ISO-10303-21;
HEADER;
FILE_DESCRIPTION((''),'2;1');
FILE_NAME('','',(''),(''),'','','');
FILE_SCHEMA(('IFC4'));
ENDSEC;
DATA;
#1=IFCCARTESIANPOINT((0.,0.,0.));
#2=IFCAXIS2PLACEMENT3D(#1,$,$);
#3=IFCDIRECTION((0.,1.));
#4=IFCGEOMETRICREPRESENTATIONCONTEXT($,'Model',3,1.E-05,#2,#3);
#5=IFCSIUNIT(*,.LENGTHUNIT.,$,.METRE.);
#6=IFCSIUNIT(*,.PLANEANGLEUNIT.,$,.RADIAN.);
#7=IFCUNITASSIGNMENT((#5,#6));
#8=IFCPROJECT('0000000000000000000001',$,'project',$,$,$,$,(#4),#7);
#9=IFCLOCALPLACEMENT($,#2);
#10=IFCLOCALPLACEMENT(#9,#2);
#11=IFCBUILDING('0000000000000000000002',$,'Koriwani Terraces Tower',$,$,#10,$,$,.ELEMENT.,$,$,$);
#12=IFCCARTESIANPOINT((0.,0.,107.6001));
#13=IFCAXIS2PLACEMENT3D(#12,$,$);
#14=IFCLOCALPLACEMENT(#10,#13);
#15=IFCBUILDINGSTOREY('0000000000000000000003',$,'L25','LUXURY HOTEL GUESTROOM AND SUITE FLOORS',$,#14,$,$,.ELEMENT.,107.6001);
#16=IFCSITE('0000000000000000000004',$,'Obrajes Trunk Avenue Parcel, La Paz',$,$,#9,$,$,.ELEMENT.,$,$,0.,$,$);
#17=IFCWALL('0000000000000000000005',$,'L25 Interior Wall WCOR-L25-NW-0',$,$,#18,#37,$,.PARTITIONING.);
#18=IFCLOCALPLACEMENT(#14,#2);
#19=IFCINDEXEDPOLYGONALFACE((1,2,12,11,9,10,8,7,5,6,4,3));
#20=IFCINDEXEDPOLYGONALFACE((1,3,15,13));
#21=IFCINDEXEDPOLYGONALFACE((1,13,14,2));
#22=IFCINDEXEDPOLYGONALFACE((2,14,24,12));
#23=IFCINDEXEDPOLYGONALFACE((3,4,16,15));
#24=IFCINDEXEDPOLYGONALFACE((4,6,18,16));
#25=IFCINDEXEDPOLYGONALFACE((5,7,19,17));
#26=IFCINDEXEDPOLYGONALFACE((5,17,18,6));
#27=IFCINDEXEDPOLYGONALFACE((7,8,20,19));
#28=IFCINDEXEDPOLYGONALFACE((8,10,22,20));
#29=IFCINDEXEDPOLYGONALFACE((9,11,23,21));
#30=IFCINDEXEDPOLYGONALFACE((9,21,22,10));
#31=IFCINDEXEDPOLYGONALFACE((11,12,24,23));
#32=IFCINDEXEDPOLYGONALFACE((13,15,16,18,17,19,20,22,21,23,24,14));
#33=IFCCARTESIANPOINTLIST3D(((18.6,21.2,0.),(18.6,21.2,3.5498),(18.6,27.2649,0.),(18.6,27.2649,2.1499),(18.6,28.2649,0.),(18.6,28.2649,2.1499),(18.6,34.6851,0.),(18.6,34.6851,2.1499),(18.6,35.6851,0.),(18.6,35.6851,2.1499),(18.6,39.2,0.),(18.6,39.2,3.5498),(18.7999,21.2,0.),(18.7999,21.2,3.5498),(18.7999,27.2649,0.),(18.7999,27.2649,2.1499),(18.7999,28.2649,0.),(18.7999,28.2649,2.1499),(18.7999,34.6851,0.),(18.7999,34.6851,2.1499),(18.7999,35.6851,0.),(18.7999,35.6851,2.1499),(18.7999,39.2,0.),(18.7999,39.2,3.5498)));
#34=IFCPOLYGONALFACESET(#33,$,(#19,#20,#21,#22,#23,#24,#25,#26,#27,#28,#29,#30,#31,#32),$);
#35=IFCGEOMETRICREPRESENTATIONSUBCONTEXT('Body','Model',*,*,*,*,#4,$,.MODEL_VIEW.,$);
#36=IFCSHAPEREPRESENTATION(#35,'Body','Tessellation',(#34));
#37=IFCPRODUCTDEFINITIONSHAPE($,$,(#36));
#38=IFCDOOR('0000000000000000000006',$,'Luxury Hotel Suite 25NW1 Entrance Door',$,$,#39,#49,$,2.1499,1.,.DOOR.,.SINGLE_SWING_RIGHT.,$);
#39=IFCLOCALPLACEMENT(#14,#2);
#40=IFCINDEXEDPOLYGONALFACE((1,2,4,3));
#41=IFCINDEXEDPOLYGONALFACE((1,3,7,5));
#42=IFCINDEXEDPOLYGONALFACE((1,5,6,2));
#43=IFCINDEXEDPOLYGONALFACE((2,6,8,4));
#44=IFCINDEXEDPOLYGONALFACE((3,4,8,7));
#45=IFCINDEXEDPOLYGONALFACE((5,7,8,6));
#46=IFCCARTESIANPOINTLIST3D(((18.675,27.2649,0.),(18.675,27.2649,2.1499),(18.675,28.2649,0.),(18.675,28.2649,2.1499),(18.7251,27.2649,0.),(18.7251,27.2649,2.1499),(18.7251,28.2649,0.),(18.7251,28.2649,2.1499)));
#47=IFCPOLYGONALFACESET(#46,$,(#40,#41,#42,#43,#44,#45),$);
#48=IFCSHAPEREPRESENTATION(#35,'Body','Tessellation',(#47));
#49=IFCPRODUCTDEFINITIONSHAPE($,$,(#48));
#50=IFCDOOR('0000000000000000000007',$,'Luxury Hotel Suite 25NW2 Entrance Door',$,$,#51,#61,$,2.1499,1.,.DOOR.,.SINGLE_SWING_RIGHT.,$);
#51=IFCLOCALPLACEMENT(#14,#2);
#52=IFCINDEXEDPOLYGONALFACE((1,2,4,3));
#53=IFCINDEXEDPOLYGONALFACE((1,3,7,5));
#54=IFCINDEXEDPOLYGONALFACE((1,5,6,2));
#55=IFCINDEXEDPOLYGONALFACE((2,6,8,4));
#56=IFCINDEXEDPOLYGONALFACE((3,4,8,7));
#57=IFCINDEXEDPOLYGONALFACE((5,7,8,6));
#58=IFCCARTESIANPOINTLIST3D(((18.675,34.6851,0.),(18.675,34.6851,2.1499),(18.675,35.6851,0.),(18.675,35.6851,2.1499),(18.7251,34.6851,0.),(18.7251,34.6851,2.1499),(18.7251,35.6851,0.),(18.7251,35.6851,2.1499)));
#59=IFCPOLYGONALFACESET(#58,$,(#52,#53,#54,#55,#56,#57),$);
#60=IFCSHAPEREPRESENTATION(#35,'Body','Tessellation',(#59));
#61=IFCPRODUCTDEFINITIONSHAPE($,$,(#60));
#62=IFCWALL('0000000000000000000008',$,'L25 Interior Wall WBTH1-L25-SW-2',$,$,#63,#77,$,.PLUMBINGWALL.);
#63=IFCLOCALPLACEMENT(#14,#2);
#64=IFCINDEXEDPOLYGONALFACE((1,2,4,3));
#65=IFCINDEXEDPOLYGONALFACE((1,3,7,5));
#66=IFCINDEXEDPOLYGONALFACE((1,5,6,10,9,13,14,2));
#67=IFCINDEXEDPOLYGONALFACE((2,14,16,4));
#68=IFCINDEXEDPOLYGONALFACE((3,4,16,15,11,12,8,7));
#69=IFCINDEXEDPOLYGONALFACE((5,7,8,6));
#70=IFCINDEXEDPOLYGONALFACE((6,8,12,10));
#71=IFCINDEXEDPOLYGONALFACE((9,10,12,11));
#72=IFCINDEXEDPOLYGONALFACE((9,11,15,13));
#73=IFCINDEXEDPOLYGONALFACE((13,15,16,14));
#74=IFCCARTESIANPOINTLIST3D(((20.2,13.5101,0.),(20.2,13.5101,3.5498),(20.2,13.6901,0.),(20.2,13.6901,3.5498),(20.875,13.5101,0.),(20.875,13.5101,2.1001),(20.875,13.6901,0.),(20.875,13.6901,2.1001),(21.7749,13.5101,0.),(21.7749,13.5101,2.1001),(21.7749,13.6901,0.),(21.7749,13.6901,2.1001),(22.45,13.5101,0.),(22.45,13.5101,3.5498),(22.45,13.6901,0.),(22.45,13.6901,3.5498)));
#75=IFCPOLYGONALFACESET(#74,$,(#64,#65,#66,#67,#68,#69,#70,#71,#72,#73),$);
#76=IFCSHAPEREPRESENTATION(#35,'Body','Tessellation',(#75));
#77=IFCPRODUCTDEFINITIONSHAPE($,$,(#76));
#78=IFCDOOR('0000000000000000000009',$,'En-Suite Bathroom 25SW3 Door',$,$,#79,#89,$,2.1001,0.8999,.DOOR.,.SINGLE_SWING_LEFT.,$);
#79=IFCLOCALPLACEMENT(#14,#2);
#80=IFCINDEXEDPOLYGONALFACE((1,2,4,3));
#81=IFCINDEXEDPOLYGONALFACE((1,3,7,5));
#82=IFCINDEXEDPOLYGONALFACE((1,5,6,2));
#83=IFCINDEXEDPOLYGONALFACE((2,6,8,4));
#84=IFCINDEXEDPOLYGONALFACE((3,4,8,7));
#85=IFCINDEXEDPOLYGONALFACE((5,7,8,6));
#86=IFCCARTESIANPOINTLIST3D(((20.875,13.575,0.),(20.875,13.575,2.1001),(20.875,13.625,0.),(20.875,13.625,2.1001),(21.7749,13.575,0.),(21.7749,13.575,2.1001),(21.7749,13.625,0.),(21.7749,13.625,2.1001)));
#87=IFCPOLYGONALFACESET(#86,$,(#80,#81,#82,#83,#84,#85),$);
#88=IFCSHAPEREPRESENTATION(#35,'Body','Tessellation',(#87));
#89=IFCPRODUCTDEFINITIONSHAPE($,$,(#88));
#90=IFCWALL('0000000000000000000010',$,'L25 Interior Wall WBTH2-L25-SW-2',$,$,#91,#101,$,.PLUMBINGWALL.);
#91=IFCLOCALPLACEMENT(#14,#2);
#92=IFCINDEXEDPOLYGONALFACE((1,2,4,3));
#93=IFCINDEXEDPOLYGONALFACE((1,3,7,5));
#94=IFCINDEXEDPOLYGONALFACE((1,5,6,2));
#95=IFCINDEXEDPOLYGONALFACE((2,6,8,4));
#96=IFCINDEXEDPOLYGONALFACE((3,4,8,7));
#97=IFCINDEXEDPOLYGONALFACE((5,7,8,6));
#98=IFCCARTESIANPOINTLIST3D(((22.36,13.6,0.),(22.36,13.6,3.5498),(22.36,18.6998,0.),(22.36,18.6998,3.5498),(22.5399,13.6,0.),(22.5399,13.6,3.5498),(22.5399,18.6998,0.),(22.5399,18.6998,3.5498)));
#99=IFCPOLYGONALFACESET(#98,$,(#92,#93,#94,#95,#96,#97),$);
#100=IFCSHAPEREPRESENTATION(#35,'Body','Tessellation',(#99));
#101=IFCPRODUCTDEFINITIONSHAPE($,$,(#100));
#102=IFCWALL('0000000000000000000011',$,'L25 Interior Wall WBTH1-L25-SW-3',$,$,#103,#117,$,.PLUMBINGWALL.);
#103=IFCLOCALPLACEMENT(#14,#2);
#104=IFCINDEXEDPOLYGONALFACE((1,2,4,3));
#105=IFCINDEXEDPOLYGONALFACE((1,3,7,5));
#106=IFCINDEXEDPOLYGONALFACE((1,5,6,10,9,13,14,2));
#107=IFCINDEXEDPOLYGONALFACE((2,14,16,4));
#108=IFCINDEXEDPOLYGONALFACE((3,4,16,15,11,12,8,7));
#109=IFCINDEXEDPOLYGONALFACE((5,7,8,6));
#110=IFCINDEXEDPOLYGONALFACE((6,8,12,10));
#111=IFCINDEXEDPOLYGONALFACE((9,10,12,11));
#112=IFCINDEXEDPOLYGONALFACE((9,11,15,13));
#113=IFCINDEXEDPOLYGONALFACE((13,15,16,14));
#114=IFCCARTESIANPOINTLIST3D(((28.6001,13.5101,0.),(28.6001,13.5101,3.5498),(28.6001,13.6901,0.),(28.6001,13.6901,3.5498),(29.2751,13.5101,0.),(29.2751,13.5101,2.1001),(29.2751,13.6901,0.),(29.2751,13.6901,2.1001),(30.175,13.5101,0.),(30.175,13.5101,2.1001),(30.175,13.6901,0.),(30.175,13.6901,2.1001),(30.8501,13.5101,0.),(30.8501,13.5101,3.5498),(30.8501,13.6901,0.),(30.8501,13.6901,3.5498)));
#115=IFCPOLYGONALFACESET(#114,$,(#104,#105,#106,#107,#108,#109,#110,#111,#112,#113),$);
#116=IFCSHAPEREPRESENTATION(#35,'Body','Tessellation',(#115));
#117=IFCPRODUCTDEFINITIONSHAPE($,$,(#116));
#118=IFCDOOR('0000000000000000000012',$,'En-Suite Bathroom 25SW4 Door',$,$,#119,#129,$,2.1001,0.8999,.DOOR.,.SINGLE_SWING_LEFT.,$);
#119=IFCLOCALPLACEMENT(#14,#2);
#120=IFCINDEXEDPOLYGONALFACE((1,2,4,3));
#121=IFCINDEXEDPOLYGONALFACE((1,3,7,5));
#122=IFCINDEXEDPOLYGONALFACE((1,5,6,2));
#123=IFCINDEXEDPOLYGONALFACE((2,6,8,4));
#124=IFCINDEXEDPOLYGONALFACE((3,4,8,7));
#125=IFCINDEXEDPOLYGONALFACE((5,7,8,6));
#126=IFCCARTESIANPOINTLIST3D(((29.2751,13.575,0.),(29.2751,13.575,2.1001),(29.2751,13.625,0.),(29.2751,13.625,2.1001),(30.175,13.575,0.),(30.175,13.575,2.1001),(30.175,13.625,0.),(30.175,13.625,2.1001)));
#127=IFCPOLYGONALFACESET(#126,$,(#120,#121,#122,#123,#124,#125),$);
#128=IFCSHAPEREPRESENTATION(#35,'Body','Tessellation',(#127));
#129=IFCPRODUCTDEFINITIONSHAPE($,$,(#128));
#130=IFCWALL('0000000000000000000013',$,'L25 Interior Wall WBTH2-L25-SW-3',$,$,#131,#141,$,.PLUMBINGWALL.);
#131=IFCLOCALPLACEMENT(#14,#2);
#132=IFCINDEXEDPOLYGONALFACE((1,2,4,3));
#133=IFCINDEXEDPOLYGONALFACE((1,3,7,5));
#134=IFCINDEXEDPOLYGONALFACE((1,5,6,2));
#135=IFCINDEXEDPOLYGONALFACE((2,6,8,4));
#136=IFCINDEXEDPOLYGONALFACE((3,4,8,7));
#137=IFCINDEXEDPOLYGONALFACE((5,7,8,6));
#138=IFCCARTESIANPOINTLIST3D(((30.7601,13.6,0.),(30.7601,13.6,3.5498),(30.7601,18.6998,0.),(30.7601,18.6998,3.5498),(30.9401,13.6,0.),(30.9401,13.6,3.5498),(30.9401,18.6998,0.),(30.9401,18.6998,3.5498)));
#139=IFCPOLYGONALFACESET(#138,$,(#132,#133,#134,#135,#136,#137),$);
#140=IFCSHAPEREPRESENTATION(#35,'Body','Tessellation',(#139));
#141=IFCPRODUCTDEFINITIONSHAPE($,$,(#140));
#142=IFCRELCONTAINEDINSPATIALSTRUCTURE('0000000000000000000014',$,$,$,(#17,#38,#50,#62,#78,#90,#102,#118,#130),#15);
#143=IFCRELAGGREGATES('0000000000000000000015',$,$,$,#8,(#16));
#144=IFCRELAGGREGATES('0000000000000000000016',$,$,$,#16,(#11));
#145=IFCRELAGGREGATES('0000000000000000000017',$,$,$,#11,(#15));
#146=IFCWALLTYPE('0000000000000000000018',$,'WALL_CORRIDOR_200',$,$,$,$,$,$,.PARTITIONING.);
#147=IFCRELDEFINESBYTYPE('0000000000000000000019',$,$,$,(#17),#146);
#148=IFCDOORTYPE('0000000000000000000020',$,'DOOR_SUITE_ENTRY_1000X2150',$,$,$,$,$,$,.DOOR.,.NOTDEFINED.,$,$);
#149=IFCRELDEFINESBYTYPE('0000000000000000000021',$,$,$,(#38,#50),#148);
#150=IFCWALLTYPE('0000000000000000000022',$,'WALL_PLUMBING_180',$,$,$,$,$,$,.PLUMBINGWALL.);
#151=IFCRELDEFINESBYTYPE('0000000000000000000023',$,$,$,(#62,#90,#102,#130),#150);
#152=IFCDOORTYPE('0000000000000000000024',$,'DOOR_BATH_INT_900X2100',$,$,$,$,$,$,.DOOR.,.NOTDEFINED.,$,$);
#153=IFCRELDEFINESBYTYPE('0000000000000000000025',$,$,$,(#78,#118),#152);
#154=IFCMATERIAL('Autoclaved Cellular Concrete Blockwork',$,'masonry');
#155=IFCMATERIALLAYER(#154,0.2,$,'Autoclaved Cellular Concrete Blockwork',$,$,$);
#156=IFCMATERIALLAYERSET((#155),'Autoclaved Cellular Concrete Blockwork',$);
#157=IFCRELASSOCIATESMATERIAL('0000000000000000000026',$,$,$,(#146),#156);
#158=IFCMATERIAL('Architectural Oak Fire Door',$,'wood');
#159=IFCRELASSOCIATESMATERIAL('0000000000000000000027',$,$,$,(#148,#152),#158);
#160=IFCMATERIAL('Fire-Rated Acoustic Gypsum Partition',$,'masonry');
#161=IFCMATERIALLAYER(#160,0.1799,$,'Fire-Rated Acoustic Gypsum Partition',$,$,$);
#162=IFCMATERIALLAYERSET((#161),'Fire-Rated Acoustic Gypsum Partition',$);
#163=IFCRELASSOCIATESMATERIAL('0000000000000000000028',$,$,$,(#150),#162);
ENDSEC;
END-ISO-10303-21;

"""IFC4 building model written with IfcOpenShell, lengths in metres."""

from ifc_helpers import new_model, si_unit, direction, frame, frame_2d, origin, place, context, subcontext, project, spatial, rectangle, extrude, material, layer, layer_set, type_object, element, fill, save


model = new_model("IFC4")

# Units and contexts
model_context = context("Model", 3, precision=1e-05, world=origin(), true_north=direction((0.0, 1.0)))
body_context = subcontext(model_context, "Body", "Model", "MODEL_VIEW")
ifc_project = project(units=[si_unit("LENGTHUNIT", "METRE"), si_unit("PLANEANGLEUNIT", "RADIAN")], contexts=[model_context])

# Site, building, storey
site_placement = place(None, origin())
site = spatial("IfcSite", under=ifc_project, at=site_placement, Name="Obrajes Trunk Avenue Parcel, La Paz", CompositionType="ELEMENT", RefElevation=0.0)
building_placement = place(site_placement, origin())
building = spatial("IfcBuilding", under=site, at=building_placement, Name="Koriwani Terraces Tower", CompositionType="ELEMENT")
storey_placement = place(building_placement, frame((0.0, 0.0, 107.6001)))
storey = spatial("IfcBuildingStorey", under=building, at=storey_placement, Name="L25", Description="LUXURY HOTEL GUESTROOM AND SUITE FLOORS", CompositionType="ELEMENT", Elevation=107.6001)

# Shared definitions
ifc_material_1 = material(Name="Autoclaved Cellular Concrete Blockwork", Category="masonry")
ifc_layer_1 = layer(ifc_material_1, 0.2, Name="Autoclaved Cellular Concrete Blockwork")
ifc_layer_set_1 = layer_set([ifc_layer_1], Name="Autoclaved Cellular Concrete Blockwork")
wall_type_1 = type_object("IfcWallType", Name="WALL_CORRIDOR_200", PredefinedType="PARTITIONING", material=ifc_layer_set_1)
ifc_material_2 = material(Name="Architectural Oak Fire Door", Category="wood")

# Wall, openings, doors
wall_1_placement = place(storey_placement, frame((18.7, 21.2, 0.0), z_axis=(0.0, 0.0, 1.0), x_axis=(0.0, 1.0, 0.0)))
wall_1 = element("IfcWall", 1, at=wall_1_placement, inside=storey, type_object=wall_type_1, Name="L25 Interior Wall WCOR-L25-NW-0", PredefinedType="PARTITIONING", context=body_context, shape_type="SweptSolid", body=[
    extrude(rectangle(XDim=18.0, YDim=0.2, at=frame_2d((9.0, 0.0))), origin(), (0.0, 0.0, 1.0), 3.5498),
])
opening_1_placement = place(wall_1_placement, frame((6.0649, 0.0, 0.0)))
opening_1 = element("IfcOpeningElement", 2, at=opening_1_placement, cuts=wall_1, PredefinedType="OPENING", context=body_context, shape_type="SweptSolid", body=[
    extrude(rectangle(XDim=1.0, YDim=2.1499, at=frame_2d((0.5, 1.075))), frame((0.0, 0.1099, 0.0), z_axis=(0.0, -1.0, 0.0), x_axis=(1.0, 0.0, 0.0)), (0.0, 0.0, 1.0), 0.22),
])
opening_2_placement = place(wall_1_placement, frame((13.4851, 0.0, 0.0)))
opening_2 = element("IfcOpeningElement", 3, at=opening_2_placement, cuts=wall_1, PredefinedType="OPENING", context=body_context, shape_type="SweptSolid", body=[
    extrude(rectangle(XDim=1.0, YDim=2.1499, at=frame_2d((0.5, 1.075))), frame((0.0, 0.1099, 0.0), z_axis=(0.0, -1.0, 0.0), x_axis=(1.0, 0.0, 0.0)), (0.0, 0.0, 1.0), 0.22),
])
door_type_1 = type_object("IfcDoorType", Name="DOOR_SUITE_ENTRY_1000X2150", OperationType="NOTDEFINED", PredefinedType="DOOR", material=ifc_material_2)
door_1_placement = place(opening_1_placement, origin())
door_1 = element("IfcDoor", 4, at=door_1_placement, inside=storey, type_object=door_type_1, Name="Luxury Hotel Suite 25NW1 Entrance Door", OperationType="SINGLE_SWING_RIGHT", OverallHeight=2.1499, OverallWidth=1.0, PredefinedType="DOOR", context=body_context, shape_type="SweptSolid", body=[
    extrude(rectangle(XDim=1.0, YDim=2.1499, at=frame_2d((0.5, 1.075))), frame((0.0, 0.0249, 0.0), z_axis=(0.0, -1.0, 0.0), x_axis=(1.0, 0.0, 0.0)), (0.0, 0.0, 1.0), 0.05),
])
fill(opening_1, door_1)
door_2_placement = place(opening_2_placement, origin())
door_2 = element("IfcDoor", 5, at=door_2_placement, inside=storey, type_object=door_type_1, Name="Luxury Hotel Suite 25NW2 Entrance Door", OperationType="SINGLE_SWING_RIGHT", OverallHeight=2.1499, OverallWidth=1.0, PredefinedType="DOOR", context=body_context, shape_type="SweptSolid", body=[
    extrude(rectangle(XDim=1.0, YDim=2.1499, at=frame_2d((0.5, 1.075))), frame((0.0, 0.0249, 0.0), z_axis=(0.0, -1.0, 0.0), x_axis=(1.0, 0.0, 0.0)), (0.0, 0.0, 1.0), 0.05),
])
fill(opening_2, door_2)

# Wall, opening, door
ifc_material_3 = material(Name="Fire-Rated Acoustic Gypsum Partition", Category="masonry")
ifc_layer_2 = layer(ifc_material_3, 0.1799, Name="Fire-Rated Acoustic Gypsum Partition")
ifc_layer_set_2 = layer_set([ifc_layer_2], Name="Fire-Rated Acoustic Gypsum Partition")
wall_type_2 = type_object("IfcWallType", Name="WALL_PLUMBING_180", PredefinedType="PLUMBINGWALL", material=ifc_layer_set_2)
wall_2_placement = place(storey_placement, frame((20.2, 13.6001, 0.0), z_axis=(0.0, 0.0, 1.0), x_axis=(1.0, 0.0, 0.0)))
wall_2 = element("IfcWall", 6, at=wall_2_placement, inside=storey, type_object=wall_type_2, Name="L25 Interior Wall WBTH1-L25-SW-2", PredefinedType="PLUMBINGWALL", context=body_context, shape_type="SweptSolid", body=[
    extrude(rectangle(XDim=2.25, YDim=0.1799, at=frame_2d((1.125, 0.0))), origin(), (0.0, 0.0, 1.0), 3.5498),
])
opening_3_placement = place(wall_2_placement, frame((0.675, 0.0, 0.0)))
opening_3 = element("IfcOpeningElement", 7, at=opening_3_placement, cuts=wall_2, PredefinedType="OPENING", context=body_context, shape_type="SweptSolid", body=[
    extrude(rectangle(XDim=0.8999, YDim=2.1001, at=frame_2d((0.45, 1.05))), frame((0.0, 0.1001, 0.0), z_axis=(0.0, -1.0, 0.0), x_axis=(1.0, 0.0, 0.0)), (0.0, 0.0, 1.0), 0.2),
])
door_type_2 = type_object("IfcDoorType", Name="DOOR_BATH_INT_900X2100", OperationType="NOTDEFINED", PredefinedType="DOOR", material=ifc_material_2)
door_3_placement = place(opening_3_placement, origin())
door_3 = element("IfcDoor", 8, at=door_3_placement, inside=storey, type_object=door_type_2, Name="En-Suite Bathroom 25SW3 Door", OperationType="SINGLE_SWING_LEFT", OverallHeight=2.1001, OverallWidth=0.8999, PredefinedType="DOOR", context=body_context, shape_type="SweptSolid", body=[
    extrude(rectangle(XDim=0.8999, YDim=2.1001, at=frame_2d((0.45, 1.05))), frame((0.0, 0.0249, 0.0), z_axis=(0.0, -1.0, 0.0), x_axis=(1.0, 0.0, 0.0)), (0.0, 0.0, 1.0), 0.05),
])
fill(opening_3, door_3)

# Wall
wall_3_placement = place(storey_placement, frame((22.45, 13.6001, 0.0), z_axis=(0.0, 0.0, 1.0), x_axis=(0.0, 1.0, 0.0)))
element("IfcWall", 9, at=wall_3_placement, inside=storey, type_object=wall_type_2, Name="L25 Interior Wall WBTH2-L25-SW-2", PredefinedType="PLUMBINGWALL", context=body_context, shape_type="SweptSolid", body=[
    extrude(rectangle(XDim=5.0999, YDim=0.1799, at=frame_2d((2.5498, 0.0))), origin(), (0.0, 0.0, 1.0), 3.5498),
])

# Wall, opening, door
wall_4_placement = place(storey_placement, frame((28.6001, 13.6001, 0.0), z_axis=(0.0, 0.0, 1.0), x_axis=(1.0, 0.0, 0.0)))
wall_4 = element("IfcWall", 10, at=wall_4_placement, inside=storey, type_object=wall_type_2, Name="L25 Interior Wall WBTH1-L25-SW-3", PredefinedType="PLUMBINGWALL", context=body_context, shape_type="SweptSolid", body=[
    extrude(rectangle(XDim=2.25, YDim=0.1799, at=frame_2d((1.125, 0.0))), origin(), (0.0, 0.0, 1.0), 3.5498),
])
opening_4_placement = place(wall_4_placement, frame((0.675, 0.0, 0.0)))
opening_4 = element("IfcOpeningElement", 11, at=opening_4_placement, cuts=wall_4, PredefinedType="OPENING", context=body_context, shape_type="SweptSolid", body=[
    extrude(rectangle(XDim=0.8999, YDim=2.1001, at=frame_2d((0.45, 1.05))), frame((0.0, 0.1001, 0.0), z_axis=(0.0, -1.0, 0.0), x_axis=(1.0, 0.0, 0.0)), (0.0, 0.0, 1.0), 0.2),
])
door_4_placement = place(opening_4_placement, origin())
door_4 = element("IfcDoor", 12, at=door_4_placement, inside=storey, type_object=door_type_2, Name="En-Suite Bathroom 25SW4 Door", OperationType="SINGLE_SWING_LEFT", OverallHeight=2.1001, OverallWidth=0.8999, PredefinedType="DOOR", context=body_context, shape_type="SweptSolid", body=[
    extrude(rectangle(XDim=0.8999, YDim=2.1001, at=frame_2d((0.45, 1.05))), frame((0.0, 0.0249, 0.0), z_axis=(0.0, -1.0, 0.0), x_axis=(1.0, 0.0, 0.0)), (0.0, 0.0, 1.0), 0.05),
])
fill(opening_4, door_4)

# Wall
wall_5_placement = place(storey_placement, frame((30.8501, 13.6001, 0.0), z_axis=(0.0, 0.0, 1.0), x_axis=(0.0, 1.0, 0.0)))
element("IfcWall", 13, at=wall_5_placement, inside=storey, type_object=wall_type_2, Name="L25 Interior Wall WBTH2-L25-SW-3", PredefinedType="PLUMBINGWALL", context=body_context, shape_type="SweptSolid", body=[
    extrude(rectangle(XDim=5.0999, YDim=0.1799, at=frame_2d((2.5498, 0.0))), origin(), (0.0, 0.0, 1.0), 3.5498),
])

save(model, "model.ifc")
